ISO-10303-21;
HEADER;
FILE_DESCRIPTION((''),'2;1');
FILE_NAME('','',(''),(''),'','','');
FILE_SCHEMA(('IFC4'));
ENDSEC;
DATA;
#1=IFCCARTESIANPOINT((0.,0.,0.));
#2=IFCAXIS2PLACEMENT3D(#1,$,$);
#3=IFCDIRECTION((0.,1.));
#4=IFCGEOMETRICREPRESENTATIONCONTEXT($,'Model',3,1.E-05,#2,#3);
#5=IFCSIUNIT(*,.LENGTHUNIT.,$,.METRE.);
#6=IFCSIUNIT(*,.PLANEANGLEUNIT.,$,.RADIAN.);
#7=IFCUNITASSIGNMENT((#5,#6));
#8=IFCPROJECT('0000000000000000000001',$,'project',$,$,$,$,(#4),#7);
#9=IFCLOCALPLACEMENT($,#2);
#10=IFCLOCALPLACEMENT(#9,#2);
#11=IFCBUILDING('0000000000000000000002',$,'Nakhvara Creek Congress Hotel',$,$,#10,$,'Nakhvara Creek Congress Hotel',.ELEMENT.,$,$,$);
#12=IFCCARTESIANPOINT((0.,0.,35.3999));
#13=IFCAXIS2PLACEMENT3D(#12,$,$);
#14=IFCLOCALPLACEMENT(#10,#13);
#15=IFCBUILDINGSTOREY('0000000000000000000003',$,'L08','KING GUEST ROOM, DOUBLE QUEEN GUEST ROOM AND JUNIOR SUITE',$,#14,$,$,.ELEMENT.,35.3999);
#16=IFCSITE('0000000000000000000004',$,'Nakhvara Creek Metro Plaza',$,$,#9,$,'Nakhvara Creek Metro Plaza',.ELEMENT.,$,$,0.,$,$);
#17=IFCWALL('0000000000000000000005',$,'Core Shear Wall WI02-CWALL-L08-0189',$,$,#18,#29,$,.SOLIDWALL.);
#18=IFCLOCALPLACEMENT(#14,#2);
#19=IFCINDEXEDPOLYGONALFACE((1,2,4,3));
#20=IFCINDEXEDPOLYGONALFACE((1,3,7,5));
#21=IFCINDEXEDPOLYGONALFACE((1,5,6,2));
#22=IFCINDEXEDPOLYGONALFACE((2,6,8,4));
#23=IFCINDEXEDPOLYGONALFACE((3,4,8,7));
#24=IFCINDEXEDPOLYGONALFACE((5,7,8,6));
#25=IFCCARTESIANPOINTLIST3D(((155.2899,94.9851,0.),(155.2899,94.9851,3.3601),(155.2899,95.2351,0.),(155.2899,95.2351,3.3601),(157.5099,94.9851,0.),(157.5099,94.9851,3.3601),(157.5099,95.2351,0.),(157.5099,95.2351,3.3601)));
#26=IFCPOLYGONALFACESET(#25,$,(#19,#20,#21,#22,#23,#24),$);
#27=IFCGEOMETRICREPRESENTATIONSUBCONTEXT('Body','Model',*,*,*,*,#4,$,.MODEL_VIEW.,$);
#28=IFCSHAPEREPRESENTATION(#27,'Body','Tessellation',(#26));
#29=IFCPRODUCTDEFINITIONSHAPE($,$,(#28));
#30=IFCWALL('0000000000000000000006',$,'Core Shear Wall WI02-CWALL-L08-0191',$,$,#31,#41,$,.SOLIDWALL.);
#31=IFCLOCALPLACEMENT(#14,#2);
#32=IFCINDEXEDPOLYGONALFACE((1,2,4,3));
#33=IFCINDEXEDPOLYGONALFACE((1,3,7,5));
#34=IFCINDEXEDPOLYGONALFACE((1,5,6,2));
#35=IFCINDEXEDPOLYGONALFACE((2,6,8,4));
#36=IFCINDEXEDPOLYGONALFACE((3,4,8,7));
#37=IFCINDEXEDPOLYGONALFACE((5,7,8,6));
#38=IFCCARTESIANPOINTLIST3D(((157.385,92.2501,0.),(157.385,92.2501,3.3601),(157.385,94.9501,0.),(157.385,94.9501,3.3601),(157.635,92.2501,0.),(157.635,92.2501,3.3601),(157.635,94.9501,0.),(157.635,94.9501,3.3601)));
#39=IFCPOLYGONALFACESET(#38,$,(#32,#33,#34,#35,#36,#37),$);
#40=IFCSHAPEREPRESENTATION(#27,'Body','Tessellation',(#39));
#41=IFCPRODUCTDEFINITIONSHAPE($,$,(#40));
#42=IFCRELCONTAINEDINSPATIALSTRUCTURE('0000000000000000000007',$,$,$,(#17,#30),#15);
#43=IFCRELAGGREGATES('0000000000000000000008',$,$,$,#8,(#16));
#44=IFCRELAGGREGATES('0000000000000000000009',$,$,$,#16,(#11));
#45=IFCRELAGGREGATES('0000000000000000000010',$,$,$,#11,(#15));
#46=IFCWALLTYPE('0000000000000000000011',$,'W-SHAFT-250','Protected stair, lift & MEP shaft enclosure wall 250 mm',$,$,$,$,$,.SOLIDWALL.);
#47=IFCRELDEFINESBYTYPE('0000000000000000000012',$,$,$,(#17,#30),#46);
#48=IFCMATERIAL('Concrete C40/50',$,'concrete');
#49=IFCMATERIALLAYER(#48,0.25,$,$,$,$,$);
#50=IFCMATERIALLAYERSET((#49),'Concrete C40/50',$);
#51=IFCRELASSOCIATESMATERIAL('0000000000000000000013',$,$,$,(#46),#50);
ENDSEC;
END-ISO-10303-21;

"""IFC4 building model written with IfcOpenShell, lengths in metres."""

from ifc_helpers import new_model, si_unit, direction, frame, frame_2d, origin, place, context, subcontext, project, spatial, rectangle, extrude, material, layer, layer_set, type_object, element, save


model = new_model("IFC4")

# Units and contexts
model_context = context("Model", 3, precision=1e-05, world=origin(), true_north=direction((0.0, 1.0)))
body_context = subcontext(model_context, "Body", "Model", "MODEL_VIEW")
ifc_project = project(units=[si_unit("LENGTHUNIT", "METRE"), si_unit("PLANEANGLEUNIT", "RADIAN")], contexts=[model_context])

# Site, building, storey
site_placement = place(None, origin())
site = spatial("IfcSite", under=ifc_project, at=site_placement, Name="Nakhvara Creek Metro Plaza", LongName="Nakhvara Creek Metro Plaza", CompositionType="ELEMENT", RefElevation=0.0)
building_placement = place(site_placement, origin())
building = spatial("IfcBuilding", under=site, at=building_placement, Name="Nakhvara Creek Congress Hotel", LongName="Nakhvara Creek Congress Hotel", CompositionType="ELEMENT")
storey_placement = place(building_placement, frame((0.0, 0.0, 35.3999)))
storey = spatial("IfcBuildingStorey", under=building, at=storey_placement, Name="L08", Description="KING GUEST ROOM, DOUBLE QUEEN GUEST ROOM AND JUNIOR SUITE", CompositionType="ELEMENT", Elevation=35.3999)

# Shared definitions
ifc_material_1 = material(Name="Concrete C40/50", Category="concrete")

# Walls
ifc_layer_1 = layer(ifc_material_1, 0.25)
ifc_layer_set_1 = layer_set([ifc_layer_1], Name="Concrete C40/50")
wall_type_1 = type_object("IfcWallType", Name="W-SHAFT-250", Description="Protected stair, lift & MEP shaft enclosure wall 250 mm", PredefinedType="SOLIDWALL", material=ifc_layer_set_1)
wall_1_placement = place(storey_placement, frame((155.29, 95.1101, 0.0), z_axis=(0.0, 0.0, 1.0), x_axis=(1.0, 0.0, 0.0)))
element("IfcWall", 1, at=wall_1_placement, inside=storey, type_object=wall_type_1, Name="Core Shear Wall WI02-CWALL-L08-0189", PredefinedType="SOLIDWALL", context=body_context, shape_type="SweptSolid", body=[
    extrude(rectangle(XDim=2.22, YDim=0.25, at=frame_2d((1.1099, 0.0))), origin(), (0.0, 0.0, 1.0), 3.3601),
])
wall_2_placement = place(storey_placement, frame((157.51, 92.25, 0.0), z_axis=(0.0, 0.0, 1.0), x_axis=(0.0, 1.0, 0.0)))
element("IfcWall", 2, at=wall_2_placement, inside=storey, type_object=wall_type_1, Name="Core Shear Wall WI02-CWALL-L08-0191", PredefinedType="SOLIDWALL", context=body_context, shape_type="SweptSolid", body=[
    extrude(rectangle(XDim=2.7, YDim=0.25, at=frame_2d((1.3501, 0.0))), origin(), (0.0, 0.0, 1.0), 3.3601),
])

save(model, "model.ifc")
